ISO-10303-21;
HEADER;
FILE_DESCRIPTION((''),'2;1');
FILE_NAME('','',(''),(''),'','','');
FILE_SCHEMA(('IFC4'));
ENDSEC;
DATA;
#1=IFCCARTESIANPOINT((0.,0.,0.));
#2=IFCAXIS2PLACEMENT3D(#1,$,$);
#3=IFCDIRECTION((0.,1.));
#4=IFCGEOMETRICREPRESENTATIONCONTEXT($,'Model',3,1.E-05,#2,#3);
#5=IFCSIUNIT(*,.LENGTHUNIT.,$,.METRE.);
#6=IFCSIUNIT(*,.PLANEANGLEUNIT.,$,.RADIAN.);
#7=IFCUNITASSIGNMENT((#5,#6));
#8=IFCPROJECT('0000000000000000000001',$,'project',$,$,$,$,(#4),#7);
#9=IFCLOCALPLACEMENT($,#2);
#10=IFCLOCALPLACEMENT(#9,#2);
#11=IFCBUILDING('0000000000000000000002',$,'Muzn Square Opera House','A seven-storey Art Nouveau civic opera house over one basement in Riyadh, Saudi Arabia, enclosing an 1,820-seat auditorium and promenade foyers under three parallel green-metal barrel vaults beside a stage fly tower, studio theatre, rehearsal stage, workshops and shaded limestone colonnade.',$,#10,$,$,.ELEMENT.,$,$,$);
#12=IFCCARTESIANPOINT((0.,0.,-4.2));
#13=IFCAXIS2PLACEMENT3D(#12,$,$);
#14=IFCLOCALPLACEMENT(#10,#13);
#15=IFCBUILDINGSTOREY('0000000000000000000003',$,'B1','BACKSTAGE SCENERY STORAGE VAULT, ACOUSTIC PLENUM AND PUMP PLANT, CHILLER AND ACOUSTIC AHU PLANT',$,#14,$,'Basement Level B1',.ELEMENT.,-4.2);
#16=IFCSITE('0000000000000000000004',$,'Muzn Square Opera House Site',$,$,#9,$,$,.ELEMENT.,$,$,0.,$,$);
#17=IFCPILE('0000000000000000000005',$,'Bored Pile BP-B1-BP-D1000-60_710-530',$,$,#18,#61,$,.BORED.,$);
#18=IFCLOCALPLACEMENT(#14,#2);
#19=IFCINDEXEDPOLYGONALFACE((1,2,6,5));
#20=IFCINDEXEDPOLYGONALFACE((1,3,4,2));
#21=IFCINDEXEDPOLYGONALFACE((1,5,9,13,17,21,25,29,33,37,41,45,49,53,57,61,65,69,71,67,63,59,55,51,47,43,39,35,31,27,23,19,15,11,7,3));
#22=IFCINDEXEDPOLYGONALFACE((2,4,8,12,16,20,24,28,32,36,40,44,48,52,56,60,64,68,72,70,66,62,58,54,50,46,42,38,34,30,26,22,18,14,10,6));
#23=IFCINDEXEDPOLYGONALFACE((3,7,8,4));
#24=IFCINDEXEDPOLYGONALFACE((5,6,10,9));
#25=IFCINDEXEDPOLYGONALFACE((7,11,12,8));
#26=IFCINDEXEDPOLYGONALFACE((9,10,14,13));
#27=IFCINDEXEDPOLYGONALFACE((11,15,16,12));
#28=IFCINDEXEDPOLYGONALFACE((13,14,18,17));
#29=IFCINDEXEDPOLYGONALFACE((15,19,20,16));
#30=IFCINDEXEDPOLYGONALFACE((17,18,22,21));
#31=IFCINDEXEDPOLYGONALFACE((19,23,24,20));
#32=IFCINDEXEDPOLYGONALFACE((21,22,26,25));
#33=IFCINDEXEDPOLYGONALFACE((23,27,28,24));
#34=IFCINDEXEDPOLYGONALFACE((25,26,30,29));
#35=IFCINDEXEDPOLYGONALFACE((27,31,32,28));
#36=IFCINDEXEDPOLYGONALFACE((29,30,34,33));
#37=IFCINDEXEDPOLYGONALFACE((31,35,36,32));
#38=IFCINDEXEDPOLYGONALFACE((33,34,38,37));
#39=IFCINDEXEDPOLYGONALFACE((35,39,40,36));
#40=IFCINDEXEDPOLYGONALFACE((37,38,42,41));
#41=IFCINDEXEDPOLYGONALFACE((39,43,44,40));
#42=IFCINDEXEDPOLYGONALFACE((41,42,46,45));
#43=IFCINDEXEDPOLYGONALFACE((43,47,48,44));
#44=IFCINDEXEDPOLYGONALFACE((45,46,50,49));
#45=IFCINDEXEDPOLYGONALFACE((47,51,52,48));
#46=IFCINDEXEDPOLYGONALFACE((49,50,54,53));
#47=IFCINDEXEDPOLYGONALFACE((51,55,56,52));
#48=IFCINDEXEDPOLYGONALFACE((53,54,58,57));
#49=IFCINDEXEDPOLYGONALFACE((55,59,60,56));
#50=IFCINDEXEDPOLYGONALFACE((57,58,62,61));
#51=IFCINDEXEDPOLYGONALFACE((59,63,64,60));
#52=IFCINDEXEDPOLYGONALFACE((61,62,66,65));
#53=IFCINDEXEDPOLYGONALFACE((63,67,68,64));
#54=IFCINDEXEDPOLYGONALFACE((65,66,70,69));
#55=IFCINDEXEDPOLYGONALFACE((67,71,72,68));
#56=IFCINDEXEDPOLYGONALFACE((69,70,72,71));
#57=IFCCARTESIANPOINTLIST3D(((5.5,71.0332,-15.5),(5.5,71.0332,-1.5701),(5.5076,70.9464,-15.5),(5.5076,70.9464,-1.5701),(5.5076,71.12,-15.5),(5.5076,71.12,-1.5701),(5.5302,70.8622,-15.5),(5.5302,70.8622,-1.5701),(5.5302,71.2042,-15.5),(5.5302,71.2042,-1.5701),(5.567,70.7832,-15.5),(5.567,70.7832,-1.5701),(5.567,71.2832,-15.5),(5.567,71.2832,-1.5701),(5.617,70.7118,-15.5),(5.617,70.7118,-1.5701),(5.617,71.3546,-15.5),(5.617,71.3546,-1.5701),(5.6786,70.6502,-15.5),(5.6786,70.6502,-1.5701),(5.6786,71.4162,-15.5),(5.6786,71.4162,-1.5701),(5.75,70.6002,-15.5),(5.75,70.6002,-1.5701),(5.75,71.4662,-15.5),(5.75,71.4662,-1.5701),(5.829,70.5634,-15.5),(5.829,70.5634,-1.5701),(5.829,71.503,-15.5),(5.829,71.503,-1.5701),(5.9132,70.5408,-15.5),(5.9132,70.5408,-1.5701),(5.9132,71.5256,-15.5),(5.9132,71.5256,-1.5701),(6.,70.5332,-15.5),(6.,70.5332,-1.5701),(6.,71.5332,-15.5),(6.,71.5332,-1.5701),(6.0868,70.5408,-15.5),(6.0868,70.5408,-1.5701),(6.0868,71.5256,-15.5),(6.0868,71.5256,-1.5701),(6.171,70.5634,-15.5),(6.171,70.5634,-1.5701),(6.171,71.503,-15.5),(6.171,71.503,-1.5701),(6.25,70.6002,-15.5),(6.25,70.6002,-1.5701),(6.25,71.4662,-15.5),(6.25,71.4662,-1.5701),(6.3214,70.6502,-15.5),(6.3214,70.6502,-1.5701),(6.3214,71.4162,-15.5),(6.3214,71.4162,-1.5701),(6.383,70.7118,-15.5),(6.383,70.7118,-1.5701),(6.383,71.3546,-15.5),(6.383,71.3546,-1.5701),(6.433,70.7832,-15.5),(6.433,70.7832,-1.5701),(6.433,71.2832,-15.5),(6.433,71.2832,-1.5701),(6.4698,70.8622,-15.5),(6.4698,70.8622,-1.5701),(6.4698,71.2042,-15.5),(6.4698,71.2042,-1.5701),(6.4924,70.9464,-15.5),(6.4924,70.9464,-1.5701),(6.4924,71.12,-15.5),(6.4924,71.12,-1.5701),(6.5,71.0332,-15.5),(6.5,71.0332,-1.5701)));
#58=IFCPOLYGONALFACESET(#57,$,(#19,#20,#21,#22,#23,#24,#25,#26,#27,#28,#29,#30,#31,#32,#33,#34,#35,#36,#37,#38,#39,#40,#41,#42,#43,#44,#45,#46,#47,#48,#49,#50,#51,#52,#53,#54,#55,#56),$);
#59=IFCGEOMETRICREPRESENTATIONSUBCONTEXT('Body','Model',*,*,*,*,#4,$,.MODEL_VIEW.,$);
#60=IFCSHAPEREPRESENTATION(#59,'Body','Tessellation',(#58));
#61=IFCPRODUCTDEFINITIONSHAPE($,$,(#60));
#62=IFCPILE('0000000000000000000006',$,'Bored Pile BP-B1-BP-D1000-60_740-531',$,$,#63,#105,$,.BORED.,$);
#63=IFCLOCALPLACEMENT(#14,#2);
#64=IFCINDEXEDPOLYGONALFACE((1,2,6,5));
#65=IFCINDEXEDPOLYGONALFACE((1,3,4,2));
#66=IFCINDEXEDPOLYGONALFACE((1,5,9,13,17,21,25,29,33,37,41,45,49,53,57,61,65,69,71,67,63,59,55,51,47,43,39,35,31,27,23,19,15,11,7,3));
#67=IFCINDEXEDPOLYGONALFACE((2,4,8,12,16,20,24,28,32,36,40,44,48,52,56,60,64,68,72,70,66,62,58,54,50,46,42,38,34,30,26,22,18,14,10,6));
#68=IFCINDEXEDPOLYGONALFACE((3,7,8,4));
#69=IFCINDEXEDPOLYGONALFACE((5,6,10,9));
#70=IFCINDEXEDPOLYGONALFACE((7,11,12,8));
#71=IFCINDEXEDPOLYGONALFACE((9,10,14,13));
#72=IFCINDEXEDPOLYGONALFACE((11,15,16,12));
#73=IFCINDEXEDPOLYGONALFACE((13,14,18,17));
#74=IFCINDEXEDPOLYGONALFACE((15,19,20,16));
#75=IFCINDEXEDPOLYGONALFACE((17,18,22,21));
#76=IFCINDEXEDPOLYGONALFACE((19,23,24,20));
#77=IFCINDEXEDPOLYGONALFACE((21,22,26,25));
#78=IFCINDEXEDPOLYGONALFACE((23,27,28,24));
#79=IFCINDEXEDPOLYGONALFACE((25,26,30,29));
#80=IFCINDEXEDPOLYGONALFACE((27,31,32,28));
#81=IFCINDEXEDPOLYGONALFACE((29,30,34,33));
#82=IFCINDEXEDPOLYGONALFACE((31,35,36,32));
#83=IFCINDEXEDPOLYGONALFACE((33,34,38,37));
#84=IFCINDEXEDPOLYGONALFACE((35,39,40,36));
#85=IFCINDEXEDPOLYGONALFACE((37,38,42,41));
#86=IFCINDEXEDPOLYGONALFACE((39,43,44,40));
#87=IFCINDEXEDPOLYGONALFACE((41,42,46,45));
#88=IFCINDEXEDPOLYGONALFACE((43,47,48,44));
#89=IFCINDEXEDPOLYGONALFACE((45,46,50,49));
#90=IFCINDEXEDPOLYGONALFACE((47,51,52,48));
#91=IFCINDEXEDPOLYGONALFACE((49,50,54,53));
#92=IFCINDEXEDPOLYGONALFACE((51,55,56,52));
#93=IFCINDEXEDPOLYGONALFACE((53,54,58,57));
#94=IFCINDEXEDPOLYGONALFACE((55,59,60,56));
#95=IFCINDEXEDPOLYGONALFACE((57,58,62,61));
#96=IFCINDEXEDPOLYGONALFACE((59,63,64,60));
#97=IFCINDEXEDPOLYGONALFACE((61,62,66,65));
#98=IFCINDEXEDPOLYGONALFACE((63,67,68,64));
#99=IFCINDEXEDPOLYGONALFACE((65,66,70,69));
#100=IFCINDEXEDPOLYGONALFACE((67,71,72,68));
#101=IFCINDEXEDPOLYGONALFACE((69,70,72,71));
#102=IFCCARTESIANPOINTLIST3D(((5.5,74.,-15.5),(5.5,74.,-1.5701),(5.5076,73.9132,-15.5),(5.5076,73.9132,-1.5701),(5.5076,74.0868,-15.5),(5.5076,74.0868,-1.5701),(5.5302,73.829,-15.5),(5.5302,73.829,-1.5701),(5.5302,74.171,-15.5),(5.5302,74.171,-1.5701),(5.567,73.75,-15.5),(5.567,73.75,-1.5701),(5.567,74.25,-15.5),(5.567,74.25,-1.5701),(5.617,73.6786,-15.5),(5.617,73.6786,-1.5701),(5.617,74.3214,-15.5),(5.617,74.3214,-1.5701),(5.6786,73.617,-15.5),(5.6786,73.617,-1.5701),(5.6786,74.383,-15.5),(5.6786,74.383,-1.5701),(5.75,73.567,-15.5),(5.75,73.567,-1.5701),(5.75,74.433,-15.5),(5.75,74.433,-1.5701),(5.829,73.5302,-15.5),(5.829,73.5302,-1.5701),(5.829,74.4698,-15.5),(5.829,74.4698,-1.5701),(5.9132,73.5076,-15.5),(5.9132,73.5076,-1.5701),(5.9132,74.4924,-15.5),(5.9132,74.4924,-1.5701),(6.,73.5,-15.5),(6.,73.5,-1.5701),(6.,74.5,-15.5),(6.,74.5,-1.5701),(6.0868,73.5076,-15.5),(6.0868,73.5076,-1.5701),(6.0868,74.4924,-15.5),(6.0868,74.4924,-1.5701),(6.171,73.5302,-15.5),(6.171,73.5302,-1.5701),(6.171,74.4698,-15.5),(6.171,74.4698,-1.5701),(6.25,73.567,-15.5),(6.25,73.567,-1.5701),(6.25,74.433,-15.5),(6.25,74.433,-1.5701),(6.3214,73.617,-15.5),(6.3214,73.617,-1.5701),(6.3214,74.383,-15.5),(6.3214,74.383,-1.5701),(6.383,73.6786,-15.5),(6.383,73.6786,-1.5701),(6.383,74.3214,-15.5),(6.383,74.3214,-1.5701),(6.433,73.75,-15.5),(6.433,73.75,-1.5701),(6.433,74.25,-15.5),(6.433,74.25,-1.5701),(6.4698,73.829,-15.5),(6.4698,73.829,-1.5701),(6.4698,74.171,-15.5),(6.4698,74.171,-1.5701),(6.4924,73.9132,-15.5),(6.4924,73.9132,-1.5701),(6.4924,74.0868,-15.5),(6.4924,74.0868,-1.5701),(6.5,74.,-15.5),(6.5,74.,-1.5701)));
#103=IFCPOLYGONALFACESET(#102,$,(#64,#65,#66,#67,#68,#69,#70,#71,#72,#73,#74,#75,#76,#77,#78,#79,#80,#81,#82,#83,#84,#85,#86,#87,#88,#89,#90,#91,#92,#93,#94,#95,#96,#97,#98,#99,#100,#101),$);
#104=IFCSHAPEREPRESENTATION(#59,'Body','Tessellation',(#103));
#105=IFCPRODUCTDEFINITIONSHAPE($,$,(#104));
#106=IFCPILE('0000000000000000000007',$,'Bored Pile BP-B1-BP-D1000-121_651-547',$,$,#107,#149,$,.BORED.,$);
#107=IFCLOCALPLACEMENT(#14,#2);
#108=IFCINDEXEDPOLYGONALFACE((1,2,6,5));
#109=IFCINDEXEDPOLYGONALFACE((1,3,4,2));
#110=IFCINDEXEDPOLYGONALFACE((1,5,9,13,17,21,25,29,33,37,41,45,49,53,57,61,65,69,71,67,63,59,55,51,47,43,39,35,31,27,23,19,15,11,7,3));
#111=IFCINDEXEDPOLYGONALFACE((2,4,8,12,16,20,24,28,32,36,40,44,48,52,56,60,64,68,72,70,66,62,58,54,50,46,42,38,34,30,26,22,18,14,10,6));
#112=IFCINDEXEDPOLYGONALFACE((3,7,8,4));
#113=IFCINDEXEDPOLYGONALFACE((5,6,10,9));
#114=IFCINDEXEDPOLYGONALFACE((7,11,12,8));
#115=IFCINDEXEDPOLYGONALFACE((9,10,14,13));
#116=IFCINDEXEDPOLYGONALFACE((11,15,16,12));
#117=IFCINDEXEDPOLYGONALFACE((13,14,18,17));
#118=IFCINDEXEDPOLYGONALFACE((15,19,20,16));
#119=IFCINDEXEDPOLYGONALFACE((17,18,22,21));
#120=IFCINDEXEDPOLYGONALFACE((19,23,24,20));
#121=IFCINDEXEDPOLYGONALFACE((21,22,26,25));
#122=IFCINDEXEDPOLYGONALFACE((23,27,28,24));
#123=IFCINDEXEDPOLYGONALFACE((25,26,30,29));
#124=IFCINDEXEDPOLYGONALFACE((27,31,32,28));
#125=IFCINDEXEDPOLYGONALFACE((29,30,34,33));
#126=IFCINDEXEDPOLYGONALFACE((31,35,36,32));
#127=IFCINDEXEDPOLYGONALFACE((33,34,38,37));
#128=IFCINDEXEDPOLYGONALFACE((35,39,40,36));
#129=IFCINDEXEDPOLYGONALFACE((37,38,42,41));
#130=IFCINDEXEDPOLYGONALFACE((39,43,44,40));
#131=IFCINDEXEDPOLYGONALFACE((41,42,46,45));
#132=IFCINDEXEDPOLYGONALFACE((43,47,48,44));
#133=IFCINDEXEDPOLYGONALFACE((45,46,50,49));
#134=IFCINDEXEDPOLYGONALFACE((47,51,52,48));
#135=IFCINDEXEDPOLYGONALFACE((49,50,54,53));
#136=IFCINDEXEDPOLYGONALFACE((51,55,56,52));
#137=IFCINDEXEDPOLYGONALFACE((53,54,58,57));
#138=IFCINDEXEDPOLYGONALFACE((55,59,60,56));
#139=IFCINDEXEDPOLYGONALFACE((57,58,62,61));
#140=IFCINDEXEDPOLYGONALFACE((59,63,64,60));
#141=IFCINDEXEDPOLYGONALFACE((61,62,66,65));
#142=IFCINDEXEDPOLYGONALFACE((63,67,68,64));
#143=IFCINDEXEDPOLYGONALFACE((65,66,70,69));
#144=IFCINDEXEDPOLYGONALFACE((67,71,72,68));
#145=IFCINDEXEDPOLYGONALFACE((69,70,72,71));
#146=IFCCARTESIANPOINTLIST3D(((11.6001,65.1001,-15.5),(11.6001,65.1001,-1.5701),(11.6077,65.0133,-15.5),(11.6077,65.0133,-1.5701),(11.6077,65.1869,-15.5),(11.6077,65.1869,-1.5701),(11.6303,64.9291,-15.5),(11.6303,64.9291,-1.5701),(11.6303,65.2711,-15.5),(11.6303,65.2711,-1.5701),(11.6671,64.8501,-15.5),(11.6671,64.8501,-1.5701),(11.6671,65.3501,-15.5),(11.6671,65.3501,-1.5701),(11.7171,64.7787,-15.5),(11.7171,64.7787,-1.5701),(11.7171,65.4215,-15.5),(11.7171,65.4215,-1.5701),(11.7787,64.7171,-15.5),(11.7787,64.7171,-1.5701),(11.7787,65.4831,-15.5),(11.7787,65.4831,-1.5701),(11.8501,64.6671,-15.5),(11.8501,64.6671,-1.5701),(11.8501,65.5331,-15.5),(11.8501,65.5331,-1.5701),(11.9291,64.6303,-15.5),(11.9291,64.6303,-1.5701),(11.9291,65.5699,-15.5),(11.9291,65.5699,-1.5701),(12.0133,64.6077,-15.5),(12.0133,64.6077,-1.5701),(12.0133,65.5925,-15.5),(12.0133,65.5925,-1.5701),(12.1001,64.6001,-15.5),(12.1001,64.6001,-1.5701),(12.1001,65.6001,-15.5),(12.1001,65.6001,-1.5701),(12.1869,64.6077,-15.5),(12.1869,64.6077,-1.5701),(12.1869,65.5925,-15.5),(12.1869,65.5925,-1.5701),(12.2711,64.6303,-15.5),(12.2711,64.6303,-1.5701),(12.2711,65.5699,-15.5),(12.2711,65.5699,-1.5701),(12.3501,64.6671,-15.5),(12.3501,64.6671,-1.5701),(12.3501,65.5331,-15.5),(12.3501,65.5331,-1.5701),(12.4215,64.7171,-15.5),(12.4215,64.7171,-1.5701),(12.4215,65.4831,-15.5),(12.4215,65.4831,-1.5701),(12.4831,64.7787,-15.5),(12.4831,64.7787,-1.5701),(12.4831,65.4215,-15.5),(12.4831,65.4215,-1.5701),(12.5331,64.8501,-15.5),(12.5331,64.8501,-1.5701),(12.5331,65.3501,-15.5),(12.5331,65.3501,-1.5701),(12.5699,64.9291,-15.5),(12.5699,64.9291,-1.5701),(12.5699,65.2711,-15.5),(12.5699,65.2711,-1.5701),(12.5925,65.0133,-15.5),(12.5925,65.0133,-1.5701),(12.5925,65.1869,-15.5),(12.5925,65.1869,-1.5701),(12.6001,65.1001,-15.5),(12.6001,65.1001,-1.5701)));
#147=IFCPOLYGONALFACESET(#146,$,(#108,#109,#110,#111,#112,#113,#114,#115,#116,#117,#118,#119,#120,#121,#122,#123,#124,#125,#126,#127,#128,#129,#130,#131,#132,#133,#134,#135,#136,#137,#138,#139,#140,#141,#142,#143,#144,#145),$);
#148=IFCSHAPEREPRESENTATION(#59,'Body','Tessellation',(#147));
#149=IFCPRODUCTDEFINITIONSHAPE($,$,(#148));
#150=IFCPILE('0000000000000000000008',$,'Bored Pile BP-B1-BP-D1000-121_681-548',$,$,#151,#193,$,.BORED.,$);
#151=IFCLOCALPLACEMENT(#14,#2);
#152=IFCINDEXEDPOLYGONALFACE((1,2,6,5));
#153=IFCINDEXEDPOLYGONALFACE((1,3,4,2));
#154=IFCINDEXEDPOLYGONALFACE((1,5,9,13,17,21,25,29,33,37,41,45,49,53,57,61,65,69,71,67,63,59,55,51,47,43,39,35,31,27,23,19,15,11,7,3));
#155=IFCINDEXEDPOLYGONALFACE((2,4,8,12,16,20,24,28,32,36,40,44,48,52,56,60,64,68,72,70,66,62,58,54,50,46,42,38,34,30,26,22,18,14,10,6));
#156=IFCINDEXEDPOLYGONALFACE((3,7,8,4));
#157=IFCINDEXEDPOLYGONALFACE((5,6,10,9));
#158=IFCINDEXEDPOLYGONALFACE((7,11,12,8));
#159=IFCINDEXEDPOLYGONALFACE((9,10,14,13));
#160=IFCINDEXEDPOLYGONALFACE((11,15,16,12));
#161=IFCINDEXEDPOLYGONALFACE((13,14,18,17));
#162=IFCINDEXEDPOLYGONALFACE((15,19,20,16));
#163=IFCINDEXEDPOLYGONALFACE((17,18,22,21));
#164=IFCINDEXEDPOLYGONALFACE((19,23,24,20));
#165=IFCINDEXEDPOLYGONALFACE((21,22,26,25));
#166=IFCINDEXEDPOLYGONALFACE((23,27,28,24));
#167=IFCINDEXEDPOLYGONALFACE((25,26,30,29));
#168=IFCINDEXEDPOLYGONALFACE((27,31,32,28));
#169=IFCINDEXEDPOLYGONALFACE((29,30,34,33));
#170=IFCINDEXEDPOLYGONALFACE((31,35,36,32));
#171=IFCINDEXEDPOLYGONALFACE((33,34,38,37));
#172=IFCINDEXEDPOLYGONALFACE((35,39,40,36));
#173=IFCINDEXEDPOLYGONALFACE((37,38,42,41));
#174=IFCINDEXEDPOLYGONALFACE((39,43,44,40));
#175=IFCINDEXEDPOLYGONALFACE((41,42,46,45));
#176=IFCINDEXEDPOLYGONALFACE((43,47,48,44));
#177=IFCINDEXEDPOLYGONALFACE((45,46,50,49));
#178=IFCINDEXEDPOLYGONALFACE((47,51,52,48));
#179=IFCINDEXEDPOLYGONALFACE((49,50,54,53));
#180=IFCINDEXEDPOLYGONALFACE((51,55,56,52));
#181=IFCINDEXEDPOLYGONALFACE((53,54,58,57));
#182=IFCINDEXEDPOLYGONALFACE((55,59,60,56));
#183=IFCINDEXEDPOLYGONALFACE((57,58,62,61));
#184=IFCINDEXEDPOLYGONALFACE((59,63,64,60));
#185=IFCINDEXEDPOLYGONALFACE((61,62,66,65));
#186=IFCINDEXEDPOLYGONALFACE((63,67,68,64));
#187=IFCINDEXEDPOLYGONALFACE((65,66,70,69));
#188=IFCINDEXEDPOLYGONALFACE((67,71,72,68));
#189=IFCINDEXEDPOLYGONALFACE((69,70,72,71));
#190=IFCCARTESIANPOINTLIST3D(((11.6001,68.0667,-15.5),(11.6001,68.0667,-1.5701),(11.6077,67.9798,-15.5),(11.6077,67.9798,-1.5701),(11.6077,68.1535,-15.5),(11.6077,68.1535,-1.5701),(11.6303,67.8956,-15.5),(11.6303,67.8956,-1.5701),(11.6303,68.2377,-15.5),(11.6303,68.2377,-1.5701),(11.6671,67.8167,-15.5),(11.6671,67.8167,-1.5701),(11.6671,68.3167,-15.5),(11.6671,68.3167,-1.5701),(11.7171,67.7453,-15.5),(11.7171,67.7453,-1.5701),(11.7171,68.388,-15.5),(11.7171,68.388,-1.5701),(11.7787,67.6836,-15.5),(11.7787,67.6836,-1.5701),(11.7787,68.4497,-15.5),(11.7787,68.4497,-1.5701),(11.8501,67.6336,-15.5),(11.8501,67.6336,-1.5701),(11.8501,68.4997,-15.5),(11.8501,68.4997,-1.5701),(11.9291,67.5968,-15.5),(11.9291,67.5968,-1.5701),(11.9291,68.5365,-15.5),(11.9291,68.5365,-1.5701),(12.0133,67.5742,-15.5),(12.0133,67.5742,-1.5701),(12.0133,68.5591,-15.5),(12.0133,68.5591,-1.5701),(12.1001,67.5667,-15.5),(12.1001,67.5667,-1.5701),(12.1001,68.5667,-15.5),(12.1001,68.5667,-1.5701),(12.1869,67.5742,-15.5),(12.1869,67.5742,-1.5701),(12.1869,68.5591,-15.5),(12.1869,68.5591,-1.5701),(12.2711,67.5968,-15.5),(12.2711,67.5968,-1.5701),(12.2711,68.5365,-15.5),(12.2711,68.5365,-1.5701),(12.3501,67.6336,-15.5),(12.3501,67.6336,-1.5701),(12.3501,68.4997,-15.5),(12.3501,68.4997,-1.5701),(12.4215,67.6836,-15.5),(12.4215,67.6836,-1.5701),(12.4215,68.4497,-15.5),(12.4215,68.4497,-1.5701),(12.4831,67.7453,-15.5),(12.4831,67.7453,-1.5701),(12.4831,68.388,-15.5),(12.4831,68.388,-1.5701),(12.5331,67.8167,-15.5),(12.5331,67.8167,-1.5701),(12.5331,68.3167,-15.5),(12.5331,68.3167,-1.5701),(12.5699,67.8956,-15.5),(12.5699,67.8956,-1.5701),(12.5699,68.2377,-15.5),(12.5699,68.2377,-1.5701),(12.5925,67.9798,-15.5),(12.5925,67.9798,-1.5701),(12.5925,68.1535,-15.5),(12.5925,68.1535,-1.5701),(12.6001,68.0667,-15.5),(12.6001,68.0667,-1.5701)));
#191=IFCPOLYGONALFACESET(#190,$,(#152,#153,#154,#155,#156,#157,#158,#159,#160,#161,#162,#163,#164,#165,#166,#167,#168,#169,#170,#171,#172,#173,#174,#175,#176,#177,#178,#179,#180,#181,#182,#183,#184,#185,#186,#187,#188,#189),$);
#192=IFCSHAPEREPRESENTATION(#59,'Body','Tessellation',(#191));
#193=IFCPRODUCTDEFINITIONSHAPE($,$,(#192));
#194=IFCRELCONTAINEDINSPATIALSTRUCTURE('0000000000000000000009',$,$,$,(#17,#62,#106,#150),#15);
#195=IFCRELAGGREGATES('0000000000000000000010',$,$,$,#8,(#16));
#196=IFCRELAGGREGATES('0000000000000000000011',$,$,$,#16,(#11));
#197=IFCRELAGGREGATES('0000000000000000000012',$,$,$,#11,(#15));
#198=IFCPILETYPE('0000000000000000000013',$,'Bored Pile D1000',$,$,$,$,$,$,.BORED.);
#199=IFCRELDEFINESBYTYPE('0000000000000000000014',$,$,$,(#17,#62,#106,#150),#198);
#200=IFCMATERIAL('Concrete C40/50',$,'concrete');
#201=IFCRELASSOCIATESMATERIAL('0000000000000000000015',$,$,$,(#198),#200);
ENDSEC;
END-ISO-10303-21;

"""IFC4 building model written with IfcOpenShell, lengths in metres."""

from ifc_helpers import new_model, si_unit, direction, frame, origin, origin_2d, place, context, subcontext, project, spatial, circle, extrude, material, material_profile, profile_set, type_object, element, save


model = new_model("IFC4")

# Units and contexts
model_context = context("Model", 3, precision=1e-05, world=origin(), true_north=direction((0.0, 1.0)))
body_context = subcontext(model_context, "Body", "Model", "MODEL_VIEW")
ifc_project = project(units=[si_unit("LENGTHUNIT", "METRE"), si_unit("PLANEANGLEUNIT", "RADIAN")], contexts=[model_context])

# Site, building, storey
site_placement = place(None, origin())
site = spatial("IfcSite", under=ifc_project, at=site_placement, Name="Muzn Square Opera House Site", CompositionType="ELEMENT", RefElevation=0.0)
building_placement = place(site_placement, origin())
building = spatial("IfcBuilding", under=site, at=building_placement, Name="Muzn Square Opera House", Description="A seven-storey Art Nouveau civic opera house over one basement in Riyadh, Saudi Arabia, enclosing an 1,820-seat auditorium and promenade foyers under three parallel green-metal barrel vaults beside a stage fly tower, studio theatre, rehearsal stage, workshops and shaded limestone colonnade.", CompositionType="ELEMENT")
storey_placement = place(building_placement, frame((0.0, 0.0, -4.2)))
storey = spatial("IfcBuildingStorey", under=building, at=storey_placement, Name="B1", Description="BACKSTAGE SCENERY STORAGE VAULT, ACOUSTIC PLENUM AND PUMP PLANT, CHILLER AND ACOUSTIC AHU PLANT", LongName="Basement Level B1", CompositionType="ELEMENT", Elevation=-4.2)

# Piles
ifc_material_1 = material(Name="Concrete C40/50", Category="concrete")
ifc_material_profile_1 = material_profile(ifc_material_1, circle(Radius=0.5, at=origin_2d()), Name="BORED PILE D1000", Category="concrete")
ifc_profile_set_1 = profile_set([ifc_material_profile_1], Name="Concrete C40/50")
pile_type = type_object("IfcPileType", Name="Bored Pile D1000", PredefinedType="BORED", material=ifc_profile_set_1)
for number, where, z_axis, x_axis, name in (
    (1, (6.0, 71.0332, -1.5701), (0.0, 0.0, -1.0), (1.0, 0.0, 0.0), "Bored Pile BP-B1-BP-D1000-60_710-530"),
    (2, (6.0, 74.0, -1.5701), (0.0, 0.0, -1.0), (1.0, 0.0, 0.0), "Bored Pile BP-B1-BP-D1000-60_740-531"),
    (3, (12.1001, 65.1001, -1.5701), (0.0, 0.0, -1.0), (1.0, 0.0, 0.0), "Bored Pile BP-B1-BP-D1000-121_651-547"),
    (4, (12.1001, 68.0667, -1.5701), (0.0, 0.0, -1.0), (1.0, 0.0, 0.0), "Bored Pile BP-B1-BP-D1000-121_681-548"),
):
    element("IfcPile", number, at=place(storey_placement, frame(where, z_axis=z_axis, x_axis=x_axis)), inside=storey, type_object=pile_type, Name=name, PredefinedType="BORED", context=body_context, shape_type="SweptSolid", body=[
        extrude(circle(Radius=0.5, at=origin_2d()), origin(), (0.0, 0.0, 1.0), 13.9299),
    ])

save(model, "model.ifc")
